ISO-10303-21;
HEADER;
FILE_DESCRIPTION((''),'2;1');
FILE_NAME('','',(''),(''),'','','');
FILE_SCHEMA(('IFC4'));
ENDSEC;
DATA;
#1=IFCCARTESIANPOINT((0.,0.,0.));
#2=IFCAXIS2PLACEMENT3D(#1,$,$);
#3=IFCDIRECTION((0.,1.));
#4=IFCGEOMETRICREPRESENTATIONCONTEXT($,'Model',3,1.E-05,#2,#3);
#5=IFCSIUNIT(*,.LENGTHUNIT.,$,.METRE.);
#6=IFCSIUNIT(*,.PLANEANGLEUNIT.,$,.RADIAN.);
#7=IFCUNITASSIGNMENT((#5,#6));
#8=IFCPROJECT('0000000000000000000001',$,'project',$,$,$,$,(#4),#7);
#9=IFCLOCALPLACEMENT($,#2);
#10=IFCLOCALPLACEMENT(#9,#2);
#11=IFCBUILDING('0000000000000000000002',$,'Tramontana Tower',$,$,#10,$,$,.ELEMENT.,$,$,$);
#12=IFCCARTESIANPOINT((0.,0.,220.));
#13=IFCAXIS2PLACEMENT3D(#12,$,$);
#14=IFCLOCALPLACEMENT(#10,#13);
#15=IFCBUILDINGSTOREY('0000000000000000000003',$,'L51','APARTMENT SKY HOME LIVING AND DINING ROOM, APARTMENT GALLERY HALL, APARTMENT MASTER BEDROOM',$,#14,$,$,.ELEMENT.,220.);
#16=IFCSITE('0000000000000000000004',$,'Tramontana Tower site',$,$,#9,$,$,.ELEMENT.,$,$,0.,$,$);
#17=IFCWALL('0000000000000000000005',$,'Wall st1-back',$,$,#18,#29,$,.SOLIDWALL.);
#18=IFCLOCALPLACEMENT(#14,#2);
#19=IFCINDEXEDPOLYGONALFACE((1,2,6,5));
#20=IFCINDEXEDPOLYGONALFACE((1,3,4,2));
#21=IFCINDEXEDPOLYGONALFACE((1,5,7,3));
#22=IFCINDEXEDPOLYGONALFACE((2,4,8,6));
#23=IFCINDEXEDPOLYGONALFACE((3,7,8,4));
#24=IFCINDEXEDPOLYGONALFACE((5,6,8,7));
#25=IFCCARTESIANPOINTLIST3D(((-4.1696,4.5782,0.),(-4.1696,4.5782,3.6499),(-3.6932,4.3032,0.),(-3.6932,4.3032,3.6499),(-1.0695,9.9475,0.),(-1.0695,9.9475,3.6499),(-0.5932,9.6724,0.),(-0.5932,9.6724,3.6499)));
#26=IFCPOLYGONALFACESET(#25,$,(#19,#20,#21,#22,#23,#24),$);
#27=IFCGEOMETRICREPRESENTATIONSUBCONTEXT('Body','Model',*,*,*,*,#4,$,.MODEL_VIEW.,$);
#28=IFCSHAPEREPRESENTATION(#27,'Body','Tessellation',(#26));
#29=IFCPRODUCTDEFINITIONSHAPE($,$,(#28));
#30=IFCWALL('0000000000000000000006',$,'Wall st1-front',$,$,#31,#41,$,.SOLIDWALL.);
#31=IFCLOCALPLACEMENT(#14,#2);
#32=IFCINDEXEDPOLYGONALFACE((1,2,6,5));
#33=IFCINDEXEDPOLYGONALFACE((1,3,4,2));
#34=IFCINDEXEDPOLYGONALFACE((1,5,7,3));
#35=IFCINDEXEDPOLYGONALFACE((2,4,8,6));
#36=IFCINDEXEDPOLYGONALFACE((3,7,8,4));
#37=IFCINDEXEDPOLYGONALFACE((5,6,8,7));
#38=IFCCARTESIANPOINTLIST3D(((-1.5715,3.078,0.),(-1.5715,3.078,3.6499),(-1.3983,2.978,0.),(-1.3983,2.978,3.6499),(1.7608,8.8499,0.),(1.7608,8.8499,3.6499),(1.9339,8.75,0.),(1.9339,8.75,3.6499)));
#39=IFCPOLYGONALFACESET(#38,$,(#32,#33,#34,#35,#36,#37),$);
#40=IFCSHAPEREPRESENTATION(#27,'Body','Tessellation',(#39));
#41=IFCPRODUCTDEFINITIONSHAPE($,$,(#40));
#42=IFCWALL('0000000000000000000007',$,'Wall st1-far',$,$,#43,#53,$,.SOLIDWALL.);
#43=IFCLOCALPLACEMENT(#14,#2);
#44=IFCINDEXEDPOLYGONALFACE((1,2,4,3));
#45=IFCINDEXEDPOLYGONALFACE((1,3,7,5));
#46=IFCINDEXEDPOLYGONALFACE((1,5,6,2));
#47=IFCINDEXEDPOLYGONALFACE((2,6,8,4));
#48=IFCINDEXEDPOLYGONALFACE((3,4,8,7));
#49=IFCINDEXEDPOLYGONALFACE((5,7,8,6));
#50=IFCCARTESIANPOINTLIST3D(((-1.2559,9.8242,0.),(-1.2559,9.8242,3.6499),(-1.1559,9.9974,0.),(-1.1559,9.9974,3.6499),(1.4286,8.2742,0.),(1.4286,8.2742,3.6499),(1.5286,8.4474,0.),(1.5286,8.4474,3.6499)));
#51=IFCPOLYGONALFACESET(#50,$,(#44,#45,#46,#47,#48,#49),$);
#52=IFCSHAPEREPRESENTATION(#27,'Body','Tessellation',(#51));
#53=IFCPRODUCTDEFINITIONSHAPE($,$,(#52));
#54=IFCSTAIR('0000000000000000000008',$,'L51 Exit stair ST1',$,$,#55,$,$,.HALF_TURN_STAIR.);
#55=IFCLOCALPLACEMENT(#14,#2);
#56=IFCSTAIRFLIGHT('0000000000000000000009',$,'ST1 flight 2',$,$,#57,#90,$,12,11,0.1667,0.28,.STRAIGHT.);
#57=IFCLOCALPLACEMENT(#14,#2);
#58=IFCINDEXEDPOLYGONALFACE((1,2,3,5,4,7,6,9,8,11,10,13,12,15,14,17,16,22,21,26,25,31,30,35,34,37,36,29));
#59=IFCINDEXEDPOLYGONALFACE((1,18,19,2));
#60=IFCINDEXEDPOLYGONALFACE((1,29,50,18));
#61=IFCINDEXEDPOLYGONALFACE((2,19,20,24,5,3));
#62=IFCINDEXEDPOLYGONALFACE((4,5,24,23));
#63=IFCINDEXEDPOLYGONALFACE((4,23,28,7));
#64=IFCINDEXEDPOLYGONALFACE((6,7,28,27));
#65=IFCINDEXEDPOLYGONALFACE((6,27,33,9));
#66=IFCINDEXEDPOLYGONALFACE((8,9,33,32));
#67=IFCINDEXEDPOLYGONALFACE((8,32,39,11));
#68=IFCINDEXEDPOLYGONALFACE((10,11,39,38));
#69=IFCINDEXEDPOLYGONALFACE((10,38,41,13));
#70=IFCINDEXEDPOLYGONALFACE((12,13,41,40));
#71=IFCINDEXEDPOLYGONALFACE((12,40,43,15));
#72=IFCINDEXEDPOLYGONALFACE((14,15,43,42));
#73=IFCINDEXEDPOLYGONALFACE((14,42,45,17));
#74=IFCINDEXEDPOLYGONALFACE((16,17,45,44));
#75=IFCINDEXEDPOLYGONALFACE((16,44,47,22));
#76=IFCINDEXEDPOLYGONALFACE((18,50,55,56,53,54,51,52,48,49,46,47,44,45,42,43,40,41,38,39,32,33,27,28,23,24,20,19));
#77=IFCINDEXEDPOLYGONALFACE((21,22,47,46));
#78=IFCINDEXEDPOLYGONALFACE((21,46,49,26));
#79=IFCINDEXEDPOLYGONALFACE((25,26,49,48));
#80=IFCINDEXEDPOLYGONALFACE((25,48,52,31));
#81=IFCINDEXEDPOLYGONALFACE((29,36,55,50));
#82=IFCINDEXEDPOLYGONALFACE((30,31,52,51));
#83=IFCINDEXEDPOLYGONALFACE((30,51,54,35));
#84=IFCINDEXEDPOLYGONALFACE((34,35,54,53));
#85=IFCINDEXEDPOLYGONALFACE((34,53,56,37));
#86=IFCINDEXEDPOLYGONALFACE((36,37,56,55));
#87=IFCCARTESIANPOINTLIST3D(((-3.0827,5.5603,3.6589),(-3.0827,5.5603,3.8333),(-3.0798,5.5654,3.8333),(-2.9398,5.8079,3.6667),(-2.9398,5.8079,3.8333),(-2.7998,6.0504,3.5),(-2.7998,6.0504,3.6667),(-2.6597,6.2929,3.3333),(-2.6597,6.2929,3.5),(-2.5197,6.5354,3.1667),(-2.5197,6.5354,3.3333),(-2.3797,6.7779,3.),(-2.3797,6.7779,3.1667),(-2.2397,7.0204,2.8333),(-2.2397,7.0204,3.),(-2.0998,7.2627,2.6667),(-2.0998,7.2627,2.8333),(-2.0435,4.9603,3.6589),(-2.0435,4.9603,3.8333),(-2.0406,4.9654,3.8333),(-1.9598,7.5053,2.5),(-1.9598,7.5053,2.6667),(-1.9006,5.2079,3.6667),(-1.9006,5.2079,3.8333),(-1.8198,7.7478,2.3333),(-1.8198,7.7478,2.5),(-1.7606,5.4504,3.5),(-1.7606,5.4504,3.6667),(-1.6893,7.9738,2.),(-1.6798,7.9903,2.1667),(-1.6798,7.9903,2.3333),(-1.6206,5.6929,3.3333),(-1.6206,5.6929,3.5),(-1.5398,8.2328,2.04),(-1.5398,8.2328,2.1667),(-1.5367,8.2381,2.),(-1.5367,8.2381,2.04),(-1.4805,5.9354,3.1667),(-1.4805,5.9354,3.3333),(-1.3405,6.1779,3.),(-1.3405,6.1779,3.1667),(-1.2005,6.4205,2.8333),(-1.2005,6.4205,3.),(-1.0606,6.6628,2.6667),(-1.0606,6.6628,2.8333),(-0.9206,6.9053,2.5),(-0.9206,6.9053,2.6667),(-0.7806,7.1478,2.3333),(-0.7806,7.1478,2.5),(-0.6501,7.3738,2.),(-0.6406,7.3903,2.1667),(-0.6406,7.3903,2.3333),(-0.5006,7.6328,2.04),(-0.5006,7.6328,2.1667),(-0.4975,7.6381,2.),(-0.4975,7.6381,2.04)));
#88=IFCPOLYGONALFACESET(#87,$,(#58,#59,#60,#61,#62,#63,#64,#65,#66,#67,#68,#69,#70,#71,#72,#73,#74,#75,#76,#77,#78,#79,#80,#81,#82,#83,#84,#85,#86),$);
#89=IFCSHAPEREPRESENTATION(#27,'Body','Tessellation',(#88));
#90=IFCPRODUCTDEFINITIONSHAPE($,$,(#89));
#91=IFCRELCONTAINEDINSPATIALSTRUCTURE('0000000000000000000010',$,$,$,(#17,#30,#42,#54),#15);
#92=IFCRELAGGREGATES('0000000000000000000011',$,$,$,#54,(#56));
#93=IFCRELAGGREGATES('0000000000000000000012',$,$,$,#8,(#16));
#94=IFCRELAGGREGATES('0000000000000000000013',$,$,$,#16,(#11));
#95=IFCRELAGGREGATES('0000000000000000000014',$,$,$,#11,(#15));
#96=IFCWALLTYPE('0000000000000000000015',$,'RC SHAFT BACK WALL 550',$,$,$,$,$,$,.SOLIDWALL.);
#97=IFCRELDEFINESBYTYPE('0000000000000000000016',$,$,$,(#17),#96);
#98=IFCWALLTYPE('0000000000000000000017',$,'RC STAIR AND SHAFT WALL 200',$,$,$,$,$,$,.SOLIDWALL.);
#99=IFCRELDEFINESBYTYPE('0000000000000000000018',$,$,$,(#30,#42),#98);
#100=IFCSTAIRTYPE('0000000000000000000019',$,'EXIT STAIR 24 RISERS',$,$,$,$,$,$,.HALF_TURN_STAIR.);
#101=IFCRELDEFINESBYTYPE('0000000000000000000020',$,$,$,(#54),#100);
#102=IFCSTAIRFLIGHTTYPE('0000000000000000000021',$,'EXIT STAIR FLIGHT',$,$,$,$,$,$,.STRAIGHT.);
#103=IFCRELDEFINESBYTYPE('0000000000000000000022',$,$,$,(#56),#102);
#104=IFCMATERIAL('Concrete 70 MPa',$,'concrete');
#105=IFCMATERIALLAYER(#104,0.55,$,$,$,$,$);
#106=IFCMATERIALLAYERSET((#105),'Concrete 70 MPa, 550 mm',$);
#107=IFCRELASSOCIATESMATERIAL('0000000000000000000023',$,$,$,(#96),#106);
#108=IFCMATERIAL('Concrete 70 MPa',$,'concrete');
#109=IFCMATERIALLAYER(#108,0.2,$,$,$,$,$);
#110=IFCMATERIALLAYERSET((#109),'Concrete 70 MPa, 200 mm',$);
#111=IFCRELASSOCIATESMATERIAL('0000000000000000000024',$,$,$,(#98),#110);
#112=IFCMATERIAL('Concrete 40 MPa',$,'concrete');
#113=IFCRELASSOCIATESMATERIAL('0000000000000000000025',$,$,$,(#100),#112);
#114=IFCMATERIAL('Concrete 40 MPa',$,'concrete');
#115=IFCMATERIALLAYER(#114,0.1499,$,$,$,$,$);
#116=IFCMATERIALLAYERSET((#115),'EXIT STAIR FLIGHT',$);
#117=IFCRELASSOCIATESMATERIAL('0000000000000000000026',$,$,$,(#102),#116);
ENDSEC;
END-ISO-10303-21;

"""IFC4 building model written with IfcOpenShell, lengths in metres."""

from ifc_helpers import new_model, si_unit, direction, frame, frame_2d, origin, place, context, subcontext, project, spatial, polyline, rectangle, outline, extrude, material, layer, layer_set, type_object, element, aggregate, save


model = new_model("IFC4")

# Units and contexts
model_context = context("Model", 3, precision=1e-05, world=origin(), true_north=direction((0.0, 1.0)))
body_context = subcontext(model_context, "Body", "Model", "MODEL_VIEW")
ifc_project = project(units=[si_unit("LENGTHUNIT", "METRE"), si_unit("PLANEANGLEUNIT", "RADIAN")], contexts=[model_context])

# Site, building, storey
site_placement = place(None, origin())
site = spatial("IfcSite", under=ifc_project, at=site_placement, Name="Tramontana Tower site", CompositionType="ELEMENT", RefElevation=0.0)
building_placement = place(site_placement, origin())
building = spatial("IfcBuilding", under=site, at=building_placement, Name="Tramontana Tower", CompositionType="ELEMENT")
storey_placement = place(building_placement, frame((0.0, 0.0, 220.0)))
storey = spatial("IfcBuildingStorey", under=building, at=storey_placement, Name="L51", Description="APARTMENT SKY HOME LIVING AND DINING ROOM, APARTMENT GALLERY HALL, APARTMENT MASTER BEDROOM", CompositionType="ELEMENT", Elevation=220.0)

# Walls
ifc_material_1 = material(Name="Concrete 70 MPa", Category="concrete")
ifc_layer_1 = layer(ifc_material_1, 0.55)
ifc_layer_set_1 = layer_set([ifc_layer_1], Name="Concrete 70 MPa, 550 mm")
wall_type_1 = type_object("IfcWallType", Name="RC SHAFT BACK WALL 550", PredefinedType="SOLIDWALL", material=ifc_layer_set_1)
wall_1_placement = place(storey_placement, frame((-0.8313, 9.8101, 0.0), z_axis=(0.0, 0.0, 1.0), x_axis=(-0.50001, -0.86602, 0.0)))
element("IfcWall", 1, at=wall_1_placement, inside=storey, type_object=wall_type_1, Name="Wall st1-back", PredefinedType="SOLIDWALL", context=body_context, shape_type="SweptSolid", body=[
    extrude(rectangle(XDim=6.2, YDim=0.55, at=frame_2d((3.1001, 0.0))), origin(), (0.0, 0.0, 1.0), 3.6499),
])
ifc_material_2 = material(Name="Concrete 70 MPa", Category="concrete")
ifc_layer_2 = layer(ifc_material_2, 0.2)
ifc_layer_set_2 = layer_set([ifc_layer_2], Name="Concrete 70 MPa, 200 mm")
wall_type_2 = type_object("IfcWallType", Name="RC STAIR AND SHAFT WALL 200", PredefinedType="SOLIDWALL", material=ifc_layer_set_2)
wall_2_placement = place(storey_placement, frame((1.8474, 8.8, 0.0), z_axis=(0.0, 0.0, 1.0), x_axis=(-0.49998, -0.866037, 0.0)))
element("IfcWall", 2, at=wall_2_placement, inside=storey, type_object=wall_type_2, Name="Wall st1-front", PredefinedType="SOLIDWALL", context=body_context, shape_type="SweptSolid", body=[
    extrude(rectangle(XDim=6.6648, YDim=0.2, at=frame_2d((3.3325, 0.0))), origin(), (0.0, 0.0, 1.0), 3.6499),
])
wall_3_placement = place(storey_placement, frame((1.4785, 8.3608, 0.0), z_axis=(0.0, 0.0, 1.0), x_axis=(-0.86601, 0.500027, 0.0)))
element("IfcWall", 3, at=wall_3_placement, inside=storey, type_object=wall_type_2, Name="Wall st1-far", PredefinedType="SOLIDWALL", context=body_context, shape_type="SweptSolid", body=[
    extrude(rectangle(XDim=3.0999, YDim=0.2, at=frame_2d((1.5498, 0.0))), origin(), (0.0, 0.0, 1.0), 3.6499),
])

# Stair, stair flight
ifc_material_3 = material(Name="Concrete 40 MPa", Category="concrete")
stair_type = type_object("IfcStairType", Name="EXIT STAIR 24 RISERS", PredefinedType="HALF_TURN_STAIR", material=ifc_material_3)
stair_placement = place(storey_placement, origin())
stair = element("IfcStair", 4, at=stair_placement, inside=storey, type_object=stair_type, Name="L51 Exit stair ST1", PredefinedType="HALF_TURN_STAIR")
ifc_material_4 = material(Name="Concrete 40 MPa", Category="concrete")
ifc_layer_3 = layer(ifc_material_4, 0.1499)
ifc_layer_set_3 = layer_set([ifc_layer_3], Name="EXIT STAIR FLIGHT")
stair_flight_type = type_object("IfcStairFlightType", Name="EXIT STAIR FLIGHT", PredefinedType="STRAIGHT", material=ifc_layer_set_3)
stair_flight_placement = place(storey_placement, frame((-1.0203, 7.9329, 2.0), z_axis=(0.0, 0.0, 1.0), x_axis=(-0.5, -0.866025, 0.0)))
stair_flight = element("IfcStairFlight", 5, at=stair_flight_placement, type_object=stair_flight_type, Name="ST1 flight 2", NumberOfRisers=12, NumberOfTreads=11, PredefinedType="STRAIGHT", RiserHeight=0.1667, TreadLength=0.28, context=body_context, shape_type="SweptSolid", body=[
    extrude(outline(polyline([(-0.0061, 0.0), (-0.0061, 0.04), (0.0, 0.04), (0.0, 0.1667), (0.28, 0.1667), (0.28, 0.3333), (0.5601, 0.3333), (0.5601, 0.5), (0.8401, 0.5), (0.8401, 0.6667), (1.1201, 0.6667), (1.1201, 0.8333), (1.3999, 0.8333), (1.3999, 1.0), (1.6799, 1.0), (1.6799, 1.1667), (1.96, 1.1667), (1.96, 1.3333), (2.24, 1.3333), (2.24, 1.5), (2.52, 1.5), (2.52, 1.6667), (2.8, 1.6667), (2.8, 1.8333), (3.0801, 1.8333), (3.0859, 1.8333), (3.0859, 1.6589), (0.2991, 0.0), (-0.0061, 0.0)])), frame((0.0, 0.6001, 0.0), z_axis=(0.0, -1.0, 0.0), x_axis=(1.0, 0.0, 0.0)), (0.0, 0.0, 1.0), 1.2),
])
aggregate(stair, [stair_flight])

save(model, "model.ifc")
